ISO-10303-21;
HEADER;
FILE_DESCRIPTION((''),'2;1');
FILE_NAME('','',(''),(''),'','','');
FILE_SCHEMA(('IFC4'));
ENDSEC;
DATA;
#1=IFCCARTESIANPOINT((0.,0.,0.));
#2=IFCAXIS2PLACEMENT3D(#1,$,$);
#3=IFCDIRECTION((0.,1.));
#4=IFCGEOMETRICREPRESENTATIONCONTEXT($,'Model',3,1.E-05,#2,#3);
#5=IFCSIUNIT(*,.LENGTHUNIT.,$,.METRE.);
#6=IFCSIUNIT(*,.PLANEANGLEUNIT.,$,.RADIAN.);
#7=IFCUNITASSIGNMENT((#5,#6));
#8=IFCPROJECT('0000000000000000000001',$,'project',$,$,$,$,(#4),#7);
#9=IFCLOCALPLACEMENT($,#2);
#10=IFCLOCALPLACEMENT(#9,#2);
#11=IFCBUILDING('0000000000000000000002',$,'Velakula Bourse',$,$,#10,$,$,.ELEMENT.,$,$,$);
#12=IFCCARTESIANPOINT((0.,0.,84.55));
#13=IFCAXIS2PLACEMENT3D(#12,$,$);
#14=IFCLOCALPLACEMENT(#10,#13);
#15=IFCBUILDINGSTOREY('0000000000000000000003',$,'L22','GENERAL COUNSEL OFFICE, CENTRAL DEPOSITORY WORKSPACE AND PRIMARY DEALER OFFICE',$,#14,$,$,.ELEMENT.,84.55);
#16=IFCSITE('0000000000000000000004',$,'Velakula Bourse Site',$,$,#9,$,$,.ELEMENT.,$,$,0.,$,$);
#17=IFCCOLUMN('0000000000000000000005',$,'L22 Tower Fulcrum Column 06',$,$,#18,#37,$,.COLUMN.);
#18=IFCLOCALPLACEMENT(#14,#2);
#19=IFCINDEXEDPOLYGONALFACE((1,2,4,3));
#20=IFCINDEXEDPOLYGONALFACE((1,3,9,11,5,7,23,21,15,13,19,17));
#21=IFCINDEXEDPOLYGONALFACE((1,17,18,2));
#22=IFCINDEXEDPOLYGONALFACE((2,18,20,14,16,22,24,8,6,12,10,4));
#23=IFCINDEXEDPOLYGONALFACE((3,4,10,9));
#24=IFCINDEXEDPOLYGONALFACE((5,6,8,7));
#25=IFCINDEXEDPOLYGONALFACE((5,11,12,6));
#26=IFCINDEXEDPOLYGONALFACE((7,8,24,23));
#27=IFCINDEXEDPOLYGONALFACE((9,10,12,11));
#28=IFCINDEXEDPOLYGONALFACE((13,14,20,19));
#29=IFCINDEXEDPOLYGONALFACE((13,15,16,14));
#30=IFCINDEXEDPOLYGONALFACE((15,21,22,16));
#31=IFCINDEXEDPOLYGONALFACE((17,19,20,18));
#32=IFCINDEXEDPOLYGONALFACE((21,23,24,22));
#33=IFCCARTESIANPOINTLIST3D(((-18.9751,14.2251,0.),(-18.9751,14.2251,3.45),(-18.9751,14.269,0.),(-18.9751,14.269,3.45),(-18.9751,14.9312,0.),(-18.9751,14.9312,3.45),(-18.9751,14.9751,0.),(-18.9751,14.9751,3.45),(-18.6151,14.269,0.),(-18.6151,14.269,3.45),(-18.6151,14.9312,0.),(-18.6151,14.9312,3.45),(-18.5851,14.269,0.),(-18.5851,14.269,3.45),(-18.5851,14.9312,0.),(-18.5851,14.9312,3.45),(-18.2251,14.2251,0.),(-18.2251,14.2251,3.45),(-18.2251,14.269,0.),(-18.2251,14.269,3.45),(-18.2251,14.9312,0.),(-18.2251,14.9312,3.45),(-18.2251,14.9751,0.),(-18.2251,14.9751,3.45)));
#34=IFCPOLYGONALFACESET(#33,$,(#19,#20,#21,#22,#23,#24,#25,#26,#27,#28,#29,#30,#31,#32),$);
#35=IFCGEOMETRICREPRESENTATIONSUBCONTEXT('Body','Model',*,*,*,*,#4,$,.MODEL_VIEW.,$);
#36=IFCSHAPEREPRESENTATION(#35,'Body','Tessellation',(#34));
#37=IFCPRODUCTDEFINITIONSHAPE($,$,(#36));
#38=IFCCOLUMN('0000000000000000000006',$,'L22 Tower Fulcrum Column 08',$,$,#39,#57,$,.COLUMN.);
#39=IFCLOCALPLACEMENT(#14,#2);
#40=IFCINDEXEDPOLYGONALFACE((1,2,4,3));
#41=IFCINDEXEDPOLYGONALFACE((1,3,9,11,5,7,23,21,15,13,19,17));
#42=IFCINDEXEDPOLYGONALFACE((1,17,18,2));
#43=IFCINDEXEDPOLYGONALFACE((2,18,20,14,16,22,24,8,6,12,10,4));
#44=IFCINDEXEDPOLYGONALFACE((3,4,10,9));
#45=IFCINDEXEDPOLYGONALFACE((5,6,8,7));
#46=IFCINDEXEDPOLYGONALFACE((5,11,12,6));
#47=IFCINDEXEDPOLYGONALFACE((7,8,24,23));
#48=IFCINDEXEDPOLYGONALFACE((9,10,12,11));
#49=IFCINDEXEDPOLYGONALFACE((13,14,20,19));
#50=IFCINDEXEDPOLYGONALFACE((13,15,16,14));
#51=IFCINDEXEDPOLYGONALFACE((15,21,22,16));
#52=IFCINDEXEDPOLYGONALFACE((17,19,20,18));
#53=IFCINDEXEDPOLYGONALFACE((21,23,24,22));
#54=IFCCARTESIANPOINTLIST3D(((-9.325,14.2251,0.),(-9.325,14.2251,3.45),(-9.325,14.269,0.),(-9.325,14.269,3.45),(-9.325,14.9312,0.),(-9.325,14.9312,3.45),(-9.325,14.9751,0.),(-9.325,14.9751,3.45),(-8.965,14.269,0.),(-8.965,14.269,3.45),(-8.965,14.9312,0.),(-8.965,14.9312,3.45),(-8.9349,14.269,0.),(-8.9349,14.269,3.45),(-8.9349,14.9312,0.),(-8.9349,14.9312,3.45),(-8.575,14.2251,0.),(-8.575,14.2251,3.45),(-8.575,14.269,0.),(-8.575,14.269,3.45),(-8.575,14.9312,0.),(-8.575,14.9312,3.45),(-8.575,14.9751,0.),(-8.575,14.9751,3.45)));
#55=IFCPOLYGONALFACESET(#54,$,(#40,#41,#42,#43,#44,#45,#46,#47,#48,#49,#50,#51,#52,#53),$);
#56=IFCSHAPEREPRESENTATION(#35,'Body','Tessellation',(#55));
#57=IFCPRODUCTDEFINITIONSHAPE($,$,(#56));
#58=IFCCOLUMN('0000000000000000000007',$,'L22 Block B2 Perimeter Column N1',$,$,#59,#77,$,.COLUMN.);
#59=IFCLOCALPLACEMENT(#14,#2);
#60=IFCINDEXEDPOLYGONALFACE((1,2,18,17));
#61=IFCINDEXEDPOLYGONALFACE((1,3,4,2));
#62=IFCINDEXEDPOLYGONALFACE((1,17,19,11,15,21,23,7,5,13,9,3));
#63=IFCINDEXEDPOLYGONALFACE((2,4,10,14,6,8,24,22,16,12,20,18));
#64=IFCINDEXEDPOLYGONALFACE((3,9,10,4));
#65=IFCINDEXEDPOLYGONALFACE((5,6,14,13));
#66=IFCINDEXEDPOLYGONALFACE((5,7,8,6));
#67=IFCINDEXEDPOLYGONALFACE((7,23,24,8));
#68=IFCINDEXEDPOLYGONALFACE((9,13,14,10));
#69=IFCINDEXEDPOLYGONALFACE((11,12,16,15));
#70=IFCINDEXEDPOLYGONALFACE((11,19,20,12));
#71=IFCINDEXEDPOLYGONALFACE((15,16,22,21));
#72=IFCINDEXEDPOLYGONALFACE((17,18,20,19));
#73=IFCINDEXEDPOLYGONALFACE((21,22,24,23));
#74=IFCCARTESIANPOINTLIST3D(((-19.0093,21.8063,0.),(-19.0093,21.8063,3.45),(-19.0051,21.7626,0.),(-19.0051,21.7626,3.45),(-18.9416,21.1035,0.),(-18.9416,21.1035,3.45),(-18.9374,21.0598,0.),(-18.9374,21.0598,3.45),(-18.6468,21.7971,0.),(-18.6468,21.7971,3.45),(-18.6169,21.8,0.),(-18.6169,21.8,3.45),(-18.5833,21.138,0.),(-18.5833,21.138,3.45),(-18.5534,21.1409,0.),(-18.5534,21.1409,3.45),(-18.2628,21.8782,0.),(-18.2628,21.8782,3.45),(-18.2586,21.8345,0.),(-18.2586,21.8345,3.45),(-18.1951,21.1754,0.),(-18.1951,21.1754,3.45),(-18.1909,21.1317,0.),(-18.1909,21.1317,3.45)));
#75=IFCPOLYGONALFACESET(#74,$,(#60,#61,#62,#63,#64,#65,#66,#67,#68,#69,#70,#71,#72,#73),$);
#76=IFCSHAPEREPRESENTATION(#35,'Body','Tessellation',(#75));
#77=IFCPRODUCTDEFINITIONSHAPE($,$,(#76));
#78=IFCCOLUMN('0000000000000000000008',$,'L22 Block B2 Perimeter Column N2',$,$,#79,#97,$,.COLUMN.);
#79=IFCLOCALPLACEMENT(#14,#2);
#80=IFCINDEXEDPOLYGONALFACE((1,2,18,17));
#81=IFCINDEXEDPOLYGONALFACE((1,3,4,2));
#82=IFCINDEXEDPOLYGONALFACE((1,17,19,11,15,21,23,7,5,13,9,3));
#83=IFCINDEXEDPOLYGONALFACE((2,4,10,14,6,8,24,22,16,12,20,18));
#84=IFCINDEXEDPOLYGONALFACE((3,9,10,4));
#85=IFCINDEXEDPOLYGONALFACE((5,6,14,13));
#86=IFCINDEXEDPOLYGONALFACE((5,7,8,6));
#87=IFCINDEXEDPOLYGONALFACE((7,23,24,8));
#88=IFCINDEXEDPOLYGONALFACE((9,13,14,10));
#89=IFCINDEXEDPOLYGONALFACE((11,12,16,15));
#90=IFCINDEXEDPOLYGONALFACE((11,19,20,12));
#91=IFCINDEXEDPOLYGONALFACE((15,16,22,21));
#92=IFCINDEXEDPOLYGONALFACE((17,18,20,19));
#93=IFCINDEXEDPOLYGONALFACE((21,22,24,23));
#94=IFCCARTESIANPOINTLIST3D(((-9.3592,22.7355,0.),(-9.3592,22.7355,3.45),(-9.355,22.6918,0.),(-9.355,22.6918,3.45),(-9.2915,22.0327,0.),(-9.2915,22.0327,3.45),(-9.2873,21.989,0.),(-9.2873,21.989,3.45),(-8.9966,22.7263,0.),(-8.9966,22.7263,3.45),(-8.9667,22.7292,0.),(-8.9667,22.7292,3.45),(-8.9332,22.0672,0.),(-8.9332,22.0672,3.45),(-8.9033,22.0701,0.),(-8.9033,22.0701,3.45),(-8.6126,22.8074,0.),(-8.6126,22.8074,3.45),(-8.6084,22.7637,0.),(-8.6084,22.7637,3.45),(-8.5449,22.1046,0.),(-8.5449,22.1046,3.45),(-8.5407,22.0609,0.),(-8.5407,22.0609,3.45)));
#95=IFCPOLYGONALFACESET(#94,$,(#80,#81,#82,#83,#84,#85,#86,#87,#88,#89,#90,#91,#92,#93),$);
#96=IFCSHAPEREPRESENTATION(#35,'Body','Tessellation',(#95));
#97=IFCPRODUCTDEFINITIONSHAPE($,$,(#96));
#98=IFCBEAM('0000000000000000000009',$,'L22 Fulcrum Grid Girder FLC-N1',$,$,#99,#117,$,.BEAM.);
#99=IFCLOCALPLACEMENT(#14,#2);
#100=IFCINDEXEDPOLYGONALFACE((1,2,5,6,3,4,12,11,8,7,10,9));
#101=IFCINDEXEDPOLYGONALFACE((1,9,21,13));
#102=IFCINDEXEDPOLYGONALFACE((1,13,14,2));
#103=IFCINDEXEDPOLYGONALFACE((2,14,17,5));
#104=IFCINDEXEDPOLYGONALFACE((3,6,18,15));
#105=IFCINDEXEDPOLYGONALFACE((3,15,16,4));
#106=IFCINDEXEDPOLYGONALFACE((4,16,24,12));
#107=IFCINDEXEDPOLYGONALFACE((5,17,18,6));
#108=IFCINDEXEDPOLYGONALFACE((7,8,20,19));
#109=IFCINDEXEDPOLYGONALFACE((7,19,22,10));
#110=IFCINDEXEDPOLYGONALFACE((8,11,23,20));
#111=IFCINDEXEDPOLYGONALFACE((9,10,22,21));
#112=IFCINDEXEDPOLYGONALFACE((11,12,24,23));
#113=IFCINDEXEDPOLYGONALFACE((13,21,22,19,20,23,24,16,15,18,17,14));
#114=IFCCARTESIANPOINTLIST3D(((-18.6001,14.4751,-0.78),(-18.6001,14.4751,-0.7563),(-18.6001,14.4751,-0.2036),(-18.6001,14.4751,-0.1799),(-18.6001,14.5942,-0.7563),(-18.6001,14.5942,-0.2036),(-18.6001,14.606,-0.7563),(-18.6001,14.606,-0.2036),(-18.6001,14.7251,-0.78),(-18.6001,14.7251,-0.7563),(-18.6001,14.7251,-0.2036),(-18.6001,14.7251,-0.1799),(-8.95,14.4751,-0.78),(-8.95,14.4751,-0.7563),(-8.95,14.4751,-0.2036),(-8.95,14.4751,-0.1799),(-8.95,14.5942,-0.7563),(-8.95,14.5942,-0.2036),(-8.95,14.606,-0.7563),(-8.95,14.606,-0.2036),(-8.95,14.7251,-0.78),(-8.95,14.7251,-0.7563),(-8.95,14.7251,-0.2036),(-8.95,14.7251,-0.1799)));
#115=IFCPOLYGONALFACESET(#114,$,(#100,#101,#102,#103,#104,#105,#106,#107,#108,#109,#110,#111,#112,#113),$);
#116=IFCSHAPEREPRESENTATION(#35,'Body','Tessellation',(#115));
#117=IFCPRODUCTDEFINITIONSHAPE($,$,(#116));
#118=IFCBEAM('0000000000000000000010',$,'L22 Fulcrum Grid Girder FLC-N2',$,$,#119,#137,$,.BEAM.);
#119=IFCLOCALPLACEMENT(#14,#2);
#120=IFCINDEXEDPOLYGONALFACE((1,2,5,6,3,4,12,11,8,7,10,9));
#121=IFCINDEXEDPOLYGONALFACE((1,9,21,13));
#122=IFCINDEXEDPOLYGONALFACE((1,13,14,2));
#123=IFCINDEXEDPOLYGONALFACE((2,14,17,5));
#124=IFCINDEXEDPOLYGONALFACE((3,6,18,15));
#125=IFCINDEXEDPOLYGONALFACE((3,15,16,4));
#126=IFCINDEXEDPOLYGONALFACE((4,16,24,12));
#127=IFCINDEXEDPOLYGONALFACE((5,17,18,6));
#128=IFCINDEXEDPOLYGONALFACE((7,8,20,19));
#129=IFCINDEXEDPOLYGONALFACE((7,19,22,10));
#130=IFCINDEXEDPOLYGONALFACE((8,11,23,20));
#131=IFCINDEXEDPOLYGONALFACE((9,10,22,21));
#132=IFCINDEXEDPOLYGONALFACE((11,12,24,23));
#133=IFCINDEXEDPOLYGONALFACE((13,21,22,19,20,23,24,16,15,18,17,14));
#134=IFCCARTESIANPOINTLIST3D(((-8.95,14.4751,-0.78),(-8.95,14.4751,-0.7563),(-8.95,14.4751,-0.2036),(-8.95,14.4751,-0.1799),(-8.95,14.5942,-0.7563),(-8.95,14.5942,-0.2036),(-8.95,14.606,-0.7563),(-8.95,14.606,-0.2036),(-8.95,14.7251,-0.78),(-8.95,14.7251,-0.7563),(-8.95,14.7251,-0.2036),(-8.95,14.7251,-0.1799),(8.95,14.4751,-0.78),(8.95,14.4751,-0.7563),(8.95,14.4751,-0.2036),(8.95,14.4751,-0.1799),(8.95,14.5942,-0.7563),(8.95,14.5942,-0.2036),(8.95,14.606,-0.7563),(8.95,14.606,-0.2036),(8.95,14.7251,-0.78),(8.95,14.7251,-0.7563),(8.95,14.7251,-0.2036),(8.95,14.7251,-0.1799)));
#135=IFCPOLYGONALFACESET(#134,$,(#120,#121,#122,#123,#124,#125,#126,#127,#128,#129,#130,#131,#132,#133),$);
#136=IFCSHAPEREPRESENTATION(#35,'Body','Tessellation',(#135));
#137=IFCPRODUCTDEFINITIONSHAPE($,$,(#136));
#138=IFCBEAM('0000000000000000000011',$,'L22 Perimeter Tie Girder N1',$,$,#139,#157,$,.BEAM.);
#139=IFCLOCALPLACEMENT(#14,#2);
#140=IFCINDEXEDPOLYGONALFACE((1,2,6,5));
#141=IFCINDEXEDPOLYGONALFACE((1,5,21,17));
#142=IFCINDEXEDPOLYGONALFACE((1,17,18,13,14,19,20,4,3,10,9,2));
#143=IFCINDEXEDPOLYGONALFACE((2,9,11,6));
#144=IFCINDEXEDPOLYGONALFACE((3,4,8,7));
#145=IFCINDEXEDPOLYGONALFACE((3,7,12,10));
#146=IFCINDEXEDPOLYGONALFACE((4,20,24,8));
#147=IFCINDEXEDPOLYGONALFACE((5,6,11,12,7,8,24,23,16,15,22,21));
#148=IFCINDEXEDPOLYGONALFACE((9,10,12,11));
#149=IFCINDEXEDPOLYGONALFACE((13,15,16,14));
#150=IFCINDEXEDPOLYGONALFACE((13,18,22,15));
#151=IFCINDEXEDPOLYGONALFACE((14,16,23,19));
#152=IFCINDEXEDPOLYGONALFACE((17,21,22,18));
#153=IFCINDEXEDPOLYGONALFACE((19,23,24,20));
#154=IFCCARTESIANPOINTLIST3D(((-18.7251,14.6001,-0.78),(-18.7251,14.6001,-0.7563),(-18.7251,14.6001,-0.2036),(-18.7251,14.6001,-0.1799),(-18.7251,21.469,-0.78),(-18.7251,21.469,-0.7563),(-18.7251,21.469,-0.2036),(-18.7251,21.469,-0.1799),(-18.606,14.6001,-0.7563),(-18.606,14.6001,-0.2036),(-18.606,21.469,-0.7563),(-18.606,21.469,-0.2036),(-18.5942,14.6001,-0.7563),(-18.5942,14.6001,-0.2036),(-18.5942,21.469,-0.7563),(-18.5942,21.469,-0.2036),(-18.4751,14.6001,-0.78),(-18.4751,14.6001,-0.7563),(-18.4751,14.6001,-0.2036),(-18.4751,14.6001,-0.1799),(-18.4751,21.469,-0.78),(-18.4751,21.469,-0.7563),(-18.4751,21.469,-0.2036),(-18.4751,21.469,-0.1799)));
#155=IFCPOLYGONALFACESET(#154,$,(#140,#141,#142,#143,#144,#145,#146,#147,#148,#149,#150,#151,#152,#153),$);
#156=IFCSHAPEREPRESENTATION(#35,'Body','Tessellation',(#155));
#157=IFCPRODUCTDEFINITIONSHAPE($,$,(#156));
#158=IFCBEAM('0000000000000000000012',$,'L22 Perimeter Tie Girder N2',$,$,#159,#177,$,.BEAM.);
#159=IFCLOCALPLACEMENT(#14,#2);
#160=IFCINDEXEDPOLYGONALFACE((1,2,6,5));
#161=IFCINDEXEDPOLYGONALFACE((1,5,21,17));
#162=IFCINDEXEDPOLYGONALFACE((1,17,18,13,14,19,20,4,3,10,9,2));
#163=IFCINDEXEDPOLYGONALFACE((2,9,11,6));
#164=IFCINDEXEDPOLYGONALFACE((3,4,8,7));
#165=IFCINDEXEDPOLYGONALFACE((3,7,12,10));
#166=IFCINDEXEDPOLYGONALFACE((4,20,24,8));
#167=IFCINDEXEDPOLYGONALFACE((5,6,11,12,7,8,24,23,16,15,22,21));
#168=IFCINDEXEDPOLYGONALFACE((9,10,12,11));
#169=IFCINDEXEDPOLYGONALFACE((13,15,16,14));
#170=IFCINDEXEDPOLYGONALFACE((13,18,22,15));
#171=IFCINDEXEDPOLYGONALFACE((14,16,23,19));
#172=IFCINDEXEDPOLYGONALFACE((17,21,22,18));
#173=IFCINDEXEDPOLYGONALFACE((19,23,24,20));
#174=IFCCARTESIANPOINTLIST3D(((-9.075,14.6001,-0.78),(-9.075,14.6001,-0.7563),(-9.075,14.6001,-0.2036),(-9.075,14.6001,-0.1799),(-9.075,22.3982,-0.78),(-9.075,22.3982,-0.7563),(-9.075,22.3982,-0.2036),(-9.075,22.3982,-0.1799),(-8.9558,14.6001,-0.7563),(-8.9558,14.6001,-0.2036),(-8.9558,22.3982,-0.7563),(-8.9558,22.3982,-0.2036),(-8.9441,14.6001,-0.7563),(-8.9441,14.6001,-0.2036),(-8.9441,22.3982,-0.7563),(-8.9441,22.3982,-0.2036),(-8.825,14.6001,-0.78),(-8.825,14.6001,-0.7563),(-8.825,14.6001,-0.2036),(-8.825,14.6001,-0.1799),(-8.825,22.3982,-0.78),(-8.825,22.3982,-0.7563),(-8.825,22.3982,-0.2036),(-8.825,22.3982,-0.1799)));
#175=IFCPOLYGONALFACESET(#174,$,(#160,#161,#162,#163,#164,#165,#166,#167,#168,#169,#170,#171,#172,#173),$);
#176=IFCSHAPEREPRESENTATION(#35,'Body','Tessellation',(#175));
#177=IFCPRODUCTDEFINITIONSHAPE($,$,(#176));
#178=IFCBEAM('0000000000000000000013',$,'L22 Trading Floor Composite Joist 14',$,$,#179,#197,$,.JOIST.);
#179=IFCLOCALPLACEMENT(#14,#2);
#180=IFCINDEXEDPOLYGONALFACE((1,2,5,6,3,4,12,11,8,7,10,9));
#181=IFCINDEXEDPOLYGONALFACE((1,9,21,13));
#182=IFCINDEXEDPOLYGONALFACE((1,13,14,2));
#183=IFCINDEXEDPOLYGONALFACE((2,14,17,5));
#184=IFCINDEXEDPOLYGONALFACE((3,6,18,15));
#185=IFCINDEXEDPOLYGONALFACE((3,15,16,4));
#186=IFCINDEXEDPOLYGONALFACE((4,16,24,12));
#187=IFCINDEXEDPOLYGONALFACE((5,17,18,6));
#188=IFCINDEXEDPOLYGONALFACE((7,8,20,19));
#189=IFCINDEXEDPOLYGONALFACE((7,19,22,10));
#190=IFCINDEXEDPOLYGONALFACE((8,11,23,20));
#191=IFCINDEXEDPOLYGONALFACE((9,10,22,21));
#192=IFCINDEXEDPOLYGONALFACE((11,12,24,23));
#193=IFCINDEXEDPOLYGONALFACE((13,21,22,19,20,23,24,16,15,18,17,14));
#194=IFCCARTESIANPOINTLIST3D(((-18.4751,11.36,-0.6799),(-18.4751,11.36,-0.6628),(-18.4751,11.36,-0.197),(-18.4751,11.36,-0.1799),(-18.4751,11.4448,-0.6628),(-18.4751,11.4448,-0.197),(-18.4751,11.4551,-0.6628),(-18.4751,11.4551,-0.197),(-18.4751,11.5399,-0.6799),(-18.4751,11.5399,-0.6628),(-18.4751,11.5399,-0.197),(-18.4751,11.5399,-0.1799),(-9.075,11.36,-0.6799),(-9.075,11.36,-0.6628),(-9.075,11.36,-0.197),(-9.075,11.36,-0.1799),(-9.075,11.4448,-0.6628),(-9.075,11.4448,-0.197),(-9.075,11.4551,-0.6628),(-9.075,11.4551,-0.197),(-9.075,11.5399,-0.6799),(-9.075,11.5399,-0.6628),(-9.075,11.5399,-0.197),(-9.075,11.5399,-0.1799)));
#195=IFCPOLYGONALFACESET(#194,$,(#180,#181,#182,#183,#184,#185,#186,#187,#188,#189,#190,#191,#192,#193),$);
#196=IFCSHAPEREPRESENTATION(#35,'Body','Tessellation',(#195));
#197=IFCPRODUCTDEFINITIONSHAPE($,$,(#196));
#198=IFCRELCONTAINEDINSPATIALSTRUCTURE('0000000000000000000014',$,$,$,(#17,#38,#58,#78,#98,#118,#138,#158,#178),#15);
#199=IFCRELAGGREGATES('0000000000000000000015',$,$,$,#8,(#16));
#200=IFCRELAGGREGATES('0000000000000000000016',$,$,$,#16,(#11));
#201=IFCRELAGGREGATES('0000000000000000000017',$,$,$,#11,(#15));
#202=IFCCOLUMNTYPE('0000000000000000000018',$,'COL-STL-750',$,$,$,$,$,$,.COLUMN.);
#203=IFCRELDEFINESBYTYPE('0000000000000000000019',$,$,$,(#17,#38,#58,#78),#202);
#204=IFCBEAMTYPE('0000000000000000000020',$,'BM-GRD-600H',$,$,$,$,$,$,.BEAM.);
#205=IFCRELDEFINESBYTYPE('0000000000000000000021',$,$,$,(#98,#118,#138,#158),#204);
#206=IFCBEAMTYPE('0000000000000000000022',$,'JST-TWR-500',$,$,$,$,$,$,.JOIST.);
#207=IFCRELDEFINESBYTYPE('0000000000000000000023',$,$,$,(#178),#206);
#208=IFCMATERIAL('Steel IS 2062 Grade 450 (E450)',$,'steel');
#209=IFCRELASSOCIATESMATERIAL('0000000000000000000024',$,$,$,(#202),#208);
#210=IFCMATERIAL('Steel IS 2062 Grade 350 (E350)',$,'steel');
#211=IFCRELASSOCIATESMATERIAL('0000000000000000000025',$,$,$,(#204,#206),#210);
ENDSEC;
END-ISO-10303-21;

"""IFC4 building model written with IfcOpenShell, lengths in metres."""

from ifc_helpers import new_model, si_unit, direction, frame, origin, origin_2d, place, context, subcontext, project, spatial, i_section, extrude, material, material_profile, profile_set, type_object, element, save


model = new_model("IFC4")

# Units and contexts
model_context = context("Model", 3, precision=1e-05, world=origin(), true_north=direction((0.0, 1.0)))
body_context = subcontext(model_context, "Body", "Model", "MODEL_VIEW")
ifc_project = project(units=[si_unit("LENGTHUNIT", "METRE"), si_unit("PLANEANGLEUNIT", "RADIAN")], contexts=[model_context])

# Site, building, storey
site_placement = place(None, origin())
site = spatial("IfcSite", under=ifc_project, at=site_placement, Name="Velakula Bourse Site", CompositionType="ELEMENT", RefElevation=0.0)
building_placement = place(site_placement, origin())
building = spatial("IfcBuilding", under=site, at=building_placement, Name="Velakula Bourse", CompositionType="ELEMENT")
storey_placement = place(building_placement, frame((0.0, 0.0, 84.55)))
storey = spatial("IfcBuildingStorey", under=building, at=storey_placement, Name="L22", Description="GENERAL COUNSEL OFFICE, CENTRAL DEPOSITORY WORKSPACE AND PRIMARY DEALER OFFICE", CompositionType="ELEMENT", Elevation=84.55)

# Columns
ifc_material_1 = material(Name="Steel IS 2062 Grade 450 (E450)", Category="steel")
ifc_material_profile_1 = material_profile(ifc_material_1, i_section(OverallWidth=0.75, OverallDepth=0.75, WebThickness=0.03, FlangeThickness=0.0439, at=origin_2d()), Name="Steel IS 2062 Grade 450 (E450)")
ifc_profile_set_1 = profile_set([ifc_material_profile_1], Name="Steel IS 2062 Grade 450 (E450)")
column_type = type_object("IfcColumnType", Name="COL-STL-750", PredefinedType="COLUMN", material=ifc_profile_set_1)
for number, where, z_axis, x_axis, name in (
    (1, (-18.6001, 14.6001, 0.0), (0.0, 0.0, 1.0), (1.0, 0.0, 0.0), "L22 Tower Fulcrum Column 06"),
    (2, (-8.95, 14.6001, 0.0), (0.0, 0.0, 1.0), (1.0, 0.0, 0.0), "L22 Tower Fulcrum Column 08"),
    (3, (-18.6001, 21.469, 0.0), (0.0, 0.0, 1.0), (0.995396, 0.095846, 0.0), "L22 Block B2 Perimeter Column N1"),
    (4, (-8.95, 22.3982, 0.0), (0.0, 0.0, 1.0), (0.995396, 0.095846, 0.0), "L22 Block B2 Perimeter Column N2"),
):
    element("IfcColumn", number, at=place(storey_placement, frame(where, z_axis=z_axis, x_axis=x_axis)), inside=storey, type_object=column_type, Name=name, PredefinedType="COLUMN", context=body_context, shape_type="SweptSolid", body=[
        extrude(i_section(OverallWidth=0.75, OverallDepth=0.75, WebThickness=0.03, FlangeThickness=0.0439, at=origin_2d()), origin(), (0.0, 0.0, 1.0), 3.45),
    ])

# Beams
ifc_material_2 = material(Name="Steel IS 2062 Grade 350 (E350)", Category="steel")
ifc_material_profile_2 = material_profile(ifc_material_2, i_section(OverallWidth=0.25, OverallDepth=0.6001, WebThickness=0.0117, FlangeThickness=0.0237, at=origin_2d()), Name="Steel IS 2062 Grade 350 (E350)")
ifc_profile_set_2 = profile_set([ifc_material_profile_2], Name="Steel IS 2062 Grade 350 (E350)")
beam_type_1 = type_object("IfcBeamType", Name="BM-GRD-600H", PredefinedType="BEAM", material=ifc_profile_set_2)
beam_1_placement = place(storey_placement, frame((-18.6001, 14.6001, -0.48), z_axis=(1.0, 0.0, 0.0), x_axis=(0.0, 1.0, 0.0)))
element("IfcBeam", 5, at=beam_1_placement, inside=storey, type_object=beam_type_1, Name="L22 Fulcrum Grid Girder FLC-N1", PredefinedType="BEAM", context=body_context, shape_type="SweptSolid", body=[
    extrude(i_section(OverallWidth=0.25, OverallDepth=0.6001, WebThickness=0.0117, FlangeThickness=0.0237, at=origin_2d()), origin(), (0.0, 0.0, 1.0), 9.6501),
])
beam_2_placement = place(storey_placement, frame((-8.95, 14.6001, -0.48), z_axis=(1.0, 0.0, 0.0), x_axis=(0.0, 1.0, 0.0)))
element("IfcBeam", 6, at=beam_2_placement, inside=storey, type_object=beam_type_1, Name="L22 Fulcrum Grid Girder FLC-N2", PredefinedType="BEAM", context=body_context, shape_type="SweptSolid", body=[
    extrude(i_section(OverallWidth=0.25, OverallDepth=0.6001, WebThickness=0.0117, FlangeThickness=0.0237, at=origin_2d()), origin(), (0.0, 0.0, 1.0), 17.8999),
])
beam_3_placement = place(storey_placement, frame((-18.6001, 14.6001, -0.48), z_axis=(0.0, 1.0, 0.0), x_axis=(-1.0, 0.0, 0.0)))
element("IfcBeam", 7, at=beam_3_placement, inside=storey, type_object=beam_type_1, Name="L22 Perimeter Tie Girder N1", PredefinedType="BEAM", context=body_context, shape_type="SweptSolid", body=[
    extrude(i_section(OverallWidth=0.25, OverallDepth=0.6001, WebThickness=0.0117, FlangeThickness=0.0237, at=origin_2d()), origin(), (0.0, 0.0, 1.0), 6.8689),
])
beam_4_placement = place(storey_placement, frame((-8.95, 14.6001, -0.48), z_axis=(0.0, 1.0, 0.0), x_axis=(-1.0, 0.0, 0.0)))
element("IfcBeam", 8, at=beam_4_placement, inside=storey, type_object=beam_type_1, Name="L22 Perimeter Tie Girder N2", PredefinedType="BEAM", context=body_context, shape_type="SweptSolid", body=[
    extrude(i_section(OverallWidth=0.25, OverallDepth=0.6001, WebThickness=0.0117, FlangeThickness=0.0237, at=origin_2d()), origin(), (0.0, 0.0, 1.0), 7.7981),
])
ifc_material_profile_3 = material_profile(ifc_material_2, i_section(OverallWidth=0.1799, OverallDepth=0.5, WebThickness=0.0103, FlangeThickness=0.0171, at=origin_2d()), Name="Steel IS 2062 Grade 350 (E350)")
ifc_profile_set_3 = profile_set([ifc_material_profile_3], Name="Steel IS 2062 Grade 350 (E350)")
beam_type_2 = type_object("IfcBeamType", Name="JST-TWR-500", PredefinedType="JOIST", material=ifc_profile_set_3)
beam_5_placement = place(storey_placement, frame((-18.4751, 11.45, -0.4299), z_axis=(1.0, 0.0, 0.0), x_axis=(0.0, 1.0, 0.0)))
element("IfcBeam", 9, at=beam_5_placement, inside=storey, type_object=beam_type_2, Name="L22 Trading Floor Composite Joist 14", PredefinedType="JOIST", context=body_context, shape_type="SweptSolid", body=[
    extrude(i_section(OverallWidth=0.1799, OverallDepth=0.5, WebThickness=0.0103, FlangeThickness=0.0171, at=origin_2d()), origin(), (0.0, 0.0, 1.0), 9.4001),
])

save(model, "model.ifc")
